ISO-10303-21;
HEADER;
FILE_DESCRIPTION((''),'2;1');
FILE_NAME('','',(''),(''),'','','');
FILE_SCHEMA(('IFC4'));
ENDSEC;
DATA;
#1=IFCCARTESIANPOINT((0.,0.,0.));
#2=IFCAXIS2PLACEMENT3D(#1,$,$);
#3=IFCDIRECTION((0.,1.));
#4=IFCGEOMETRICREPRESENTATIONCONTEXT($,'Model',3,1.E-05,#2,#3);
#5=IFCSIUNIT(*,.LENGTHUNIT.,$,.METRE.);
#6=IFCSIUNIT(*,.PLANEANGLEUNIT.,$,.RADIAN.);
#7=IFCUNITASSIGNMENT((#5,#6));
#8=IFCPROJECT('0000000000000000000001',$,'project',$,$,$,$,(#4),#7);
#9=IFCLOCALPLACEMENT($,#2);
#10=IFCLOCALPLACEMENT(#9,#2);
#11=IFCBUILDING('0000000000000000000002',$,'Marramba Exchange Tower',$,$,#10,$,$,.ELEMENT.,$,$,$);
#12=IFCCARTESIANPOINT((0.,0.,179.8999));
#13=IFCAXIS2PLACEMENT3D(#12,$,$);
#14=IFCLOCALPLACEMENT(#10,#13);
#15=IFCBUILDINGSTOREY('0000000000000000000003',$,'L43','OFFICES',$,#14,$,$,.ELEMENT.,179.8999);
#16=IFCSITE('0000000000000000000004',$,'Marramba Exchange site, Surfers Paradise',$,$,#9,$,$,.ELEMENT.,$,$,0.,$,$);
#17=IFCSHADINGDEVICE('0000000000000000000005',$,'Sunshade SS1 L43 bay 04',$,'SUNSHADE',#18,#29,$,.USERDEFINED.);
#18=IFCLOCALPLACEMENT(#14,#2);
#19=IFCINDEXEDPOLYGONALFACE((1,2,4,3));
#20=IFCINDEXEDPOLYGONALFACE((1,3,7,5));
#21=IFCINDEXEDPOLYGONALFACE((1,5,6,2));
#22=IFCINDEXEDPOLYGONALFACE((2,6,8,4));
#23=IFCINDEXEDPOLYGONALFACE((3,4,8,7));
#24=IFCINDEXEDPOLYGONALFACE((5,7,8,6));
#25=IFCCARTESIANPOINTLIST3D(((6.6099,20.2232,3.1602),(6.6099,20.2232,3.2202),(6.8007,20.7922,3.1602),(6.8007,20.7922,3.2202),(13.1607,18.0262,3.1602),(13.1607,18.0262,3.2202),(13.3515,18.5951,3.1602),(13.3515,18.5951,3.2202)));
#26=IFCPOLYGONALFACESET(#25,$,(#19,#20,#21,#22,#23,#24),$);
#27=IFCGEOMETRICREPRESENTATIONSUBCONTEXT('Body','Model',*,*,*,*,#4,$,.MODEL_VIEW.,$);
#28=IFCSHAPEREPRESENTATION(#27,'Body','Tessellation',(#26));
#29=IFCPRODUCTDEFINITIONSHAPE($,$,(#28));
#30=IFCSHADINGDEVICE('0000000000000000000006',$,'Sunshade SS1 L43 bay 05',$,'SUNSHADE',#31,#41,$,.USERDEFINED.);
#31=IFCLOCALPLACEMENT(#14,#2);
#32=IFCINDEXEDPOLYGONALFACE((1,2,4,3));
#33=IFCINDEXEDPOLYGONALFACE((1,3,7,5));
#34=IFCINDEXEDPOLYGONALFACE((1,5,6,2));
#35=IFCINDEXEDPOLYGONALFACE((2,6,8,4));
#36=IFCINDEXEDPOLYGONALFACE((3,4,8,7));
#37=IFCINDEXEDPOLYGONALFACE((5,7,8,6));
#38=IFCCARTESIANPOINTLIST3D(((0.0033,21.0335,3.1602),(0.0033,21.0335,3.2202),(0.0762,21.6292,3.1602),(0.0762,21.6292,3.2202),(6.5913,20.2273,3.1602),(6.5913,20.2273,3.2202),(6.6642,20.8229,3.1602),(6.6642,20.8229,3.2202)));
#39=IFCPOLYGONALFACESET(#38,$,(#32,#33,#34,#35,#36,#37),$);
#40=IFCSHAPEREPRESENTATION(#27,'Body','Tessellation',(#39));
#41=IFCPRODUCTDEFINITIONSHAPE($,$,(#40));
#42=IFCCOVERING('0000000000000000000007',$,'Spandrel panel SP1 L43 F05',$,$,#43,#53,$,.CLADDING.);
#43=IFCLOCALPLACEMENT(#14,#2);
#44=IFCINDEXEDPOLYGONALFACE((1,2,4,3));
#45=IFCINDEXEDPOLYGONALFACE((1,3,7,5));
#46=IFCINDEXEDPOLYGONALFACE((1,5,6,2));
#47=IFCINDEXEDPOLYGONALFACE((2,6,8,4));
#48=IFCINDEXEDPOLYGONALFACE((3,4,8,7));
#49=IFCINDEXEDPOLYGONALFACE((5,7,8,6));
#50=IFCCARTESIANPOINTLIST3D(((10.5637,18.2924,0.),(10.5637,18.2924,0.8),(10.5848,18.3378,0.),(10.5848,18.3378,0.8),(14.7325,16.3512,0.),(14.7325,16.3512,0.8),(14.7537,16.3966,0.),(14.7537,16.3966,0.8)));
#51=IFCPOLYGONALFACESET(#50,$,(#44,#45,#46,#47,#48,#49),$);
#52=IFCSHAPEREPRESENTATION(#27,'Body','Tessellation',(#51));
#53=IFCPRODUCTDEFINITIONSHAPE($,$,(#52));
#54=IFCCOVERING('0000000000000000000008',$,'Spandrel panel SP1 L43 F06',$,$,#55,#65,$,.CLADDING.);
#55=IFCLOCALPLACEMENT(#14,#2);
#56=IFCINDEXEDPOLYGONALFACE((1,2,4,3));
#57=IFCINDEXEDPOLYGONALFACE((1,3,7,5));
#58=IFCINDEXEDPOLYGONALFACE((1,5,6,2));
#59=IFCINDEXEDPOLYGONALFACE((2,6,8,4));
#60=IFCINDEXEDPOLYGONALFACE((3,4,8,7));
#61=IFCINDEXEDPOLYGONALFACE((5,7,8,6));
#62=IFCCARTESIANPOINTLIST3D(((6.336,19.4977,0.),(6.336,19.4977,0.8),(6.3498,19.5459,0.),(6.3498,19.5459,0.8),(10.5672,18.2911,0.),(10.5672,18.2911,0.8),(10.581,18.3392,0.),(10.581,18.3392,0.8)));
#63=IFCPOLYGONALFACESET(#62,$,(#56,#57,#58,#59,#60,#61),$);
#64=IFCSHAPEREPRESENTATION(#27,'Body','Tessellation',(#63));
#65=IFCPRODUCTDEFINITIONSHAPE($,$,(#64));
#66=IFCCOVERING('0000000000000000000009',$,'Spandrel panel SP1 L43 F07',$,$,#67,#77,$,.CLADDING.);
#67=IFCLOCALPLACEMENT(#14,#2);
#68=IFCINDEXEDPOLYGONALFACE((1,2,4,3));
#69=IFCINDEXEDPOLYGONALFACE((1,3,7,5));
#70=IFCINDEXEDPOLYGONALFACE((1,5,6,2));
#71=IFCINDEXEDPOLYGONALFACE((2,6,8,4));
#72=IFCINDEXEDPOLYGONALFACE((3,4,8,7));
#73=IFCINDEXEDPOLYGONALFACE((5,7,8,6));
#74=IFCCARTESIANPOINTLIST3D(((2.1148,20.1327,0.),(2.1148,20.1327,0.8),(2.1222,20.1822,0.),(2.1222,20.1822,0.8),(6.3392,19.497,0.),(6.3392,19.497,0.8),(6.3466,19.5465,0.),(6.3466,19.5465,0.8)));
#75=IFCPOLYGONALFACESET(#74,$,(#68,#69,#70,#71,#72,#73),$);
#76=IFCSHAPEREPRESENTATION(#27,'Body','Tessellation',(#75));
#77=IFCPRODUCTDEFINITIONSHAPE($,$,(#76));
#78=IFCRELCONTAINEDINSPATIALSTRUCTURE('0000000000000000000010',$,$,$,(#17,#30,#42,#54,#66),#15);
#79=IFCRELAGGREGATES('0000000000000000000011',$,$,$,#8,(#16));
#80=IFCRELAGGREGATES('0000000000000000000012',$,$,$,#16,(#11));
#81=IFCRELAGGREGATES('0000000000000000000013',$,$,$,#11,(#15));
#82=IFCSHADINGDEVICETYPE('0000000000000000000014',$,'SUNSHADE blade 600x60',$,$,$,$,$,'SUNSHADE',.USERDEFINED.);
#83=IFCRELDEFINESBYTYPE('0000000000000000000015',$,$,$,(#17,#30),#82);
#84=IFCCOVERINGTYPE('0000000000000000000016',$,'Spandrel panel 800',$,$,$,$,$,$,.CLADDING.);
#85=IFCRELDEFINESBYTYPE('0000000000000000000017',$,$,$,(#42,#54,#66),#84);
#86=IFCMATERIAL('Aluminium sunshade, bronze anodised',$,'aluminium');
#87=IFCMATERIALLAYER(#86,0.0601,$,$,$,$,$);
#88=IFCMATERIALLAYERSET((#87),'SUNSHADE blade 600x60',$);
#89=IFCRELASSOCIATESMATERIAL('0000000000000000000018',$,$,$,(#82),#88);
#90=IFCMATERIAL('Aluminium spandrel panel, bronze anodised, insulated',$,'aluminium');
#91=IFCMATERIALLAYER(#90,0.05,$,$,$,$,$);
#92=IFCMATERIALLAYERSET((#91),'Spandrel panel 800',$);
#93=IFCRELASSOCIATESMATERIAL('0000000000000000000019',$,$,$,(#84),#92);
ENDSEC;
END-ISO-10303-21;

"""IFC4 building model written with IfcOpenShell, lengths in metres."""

from ifc_helpers import new_model, si_unit, direction, frame, origin, origin_2d, place, context, subcontext, project, spatial, rectangle, extrude, material, layer, layer_set, type_object, element, save


model = new_model("IFC4")

# Units and contexts
model_context = context("Model", 3, precision=1e-05, world=origin(), true_north=direction((0.0, 1.0)))
body_context = subcontext(model_context, "Body", "Model", "MODEL_VIEW")
ifc_project = project(units=[si_unit("LENGTHUNIT", "METRE"), si_unit("PLANEANGLEUNIT", "RADIAN")], contexts=[model_context])

# Site, building, storey
site_placement = place(None, origin())
site = spatial("IfcSite", under=ifc_project, at=site_placement, Name="Marramba Exchange site, Surfers Paradise", CompositionType="ELEMENT", RefElevation=0.0)
building_placement = place(site_placement, origin())
building = spatial("IfcBuilding", under=site, at=building_placement, Name="Marramba Exchange Tower", CompositionType="ELEMENT")
storey_placement = place(building_placement, frame((0.0, 0.0, 179.8999)))
storey = spatial("IfcBuildingStorey", under=building, at=storey_placement, Name="L43", Description="OFFICES", CompositionType="ELEMENT", Elevation=179.8999)

# Shading devices
ifc_material_1 = material(Name="Aluminium sunshade, bronze anodised", Category="aluminium")
ifc_layer_1 = layer(ifc_material_1, 0.0601)
ifc_layer_set_1 = layer_set([ifc_layer_1], Name="SUNSHADE blade 600x60")
shading_device_type_1 = type_object("IfcShadingDeviceType", Name="SUNSHADE blade 600x60", ElementType="SUNSHADE", PredefinedType="USERDEFINED", material=ifc_layer_set_1)
shading_device_1_placement = place(storey_placement, frame((9.9807, 19.4092, 3.1602), z_axis=(0.0, 0.0, 1.0), x_axis=(-0.948096, 0.317983, 0.0)))
element("IfcShadingDevice", 1, at=shading_device_1_placement, inside=storey, type_object=shading_device_type_1, Name="Sunshade SS1 L43 bay 04", ObjectType="SUNSHADE", PredefinedType="USERDEFINED", context=body_context, shape_type="SweptSolid", body=[
    extrude(rectangle(XDim=6.9094, YDim=0.6001, at=origin_2d()), origin(), (0.0, 0.0, 1.0), 0.0601),
])
shading_device_2_placement = place(storey_placement, frame((3.3337, 20.9282, 3.1602), z_axis=(0.0, 0.0, 1.0), x_axis=(-0.992595, 0.121469, 0.0)))
element("IfcShadingDevice", 2, at=shading_device_2_placement, inside=storey, type_object=shading_device_type_1, Name="Sunshade SS1 L43 bay 05", ObjectType="SUNSHADE", PredefinedType="USERDEFINED", context=body_context, shape_type="SweptSolid", body=[
    extrude(rectangle(XDim=6.6372, YDim=0.6001, at=origin_2d()), origin(), (0.0, 0.0, 1.0), 0.0601),
])

# Coverings
ifc_material_2 = material(Name="Aluminium spandrel panel, bronze anodised, insulated", Category="aluminium")
ifc_layer_2 = layer(ifc_material_2, 0.05)
ifc_layer_set_2 = layer_set([ifc_layer_2], Name="Spandrel panel 800")
covering_type = type_object("IfcCoveringType", Name="Spandrel panel 800", PredefinedType="CLADDING", material=ifc_layer_set_2)
covering_1_placement = place(storey_placement, frame((12.6587, 17.3445, 0.0), z_axis=(0.0, 0.0, 1.0), x_axis=(-0.906534, 0.422133, 0.0)))
element("IfcCovering", 3, at=covering_1_placement, inside=storey, type_object=covering_type, Name="Spandrel panel SP1 L43 F05", PredefinedType="CLADDING", context=body_context, shape_type="SweptSolid", body=[
    extrude(rectangle(XDim=4.5986, YDim=0.05, at=origin_2d()), origin(), (0.0, 0.0, 1.0), 0.8),
])
covering_2_placement = place(storey_placement, frame((8.4585, 18.9185, 0.0), z_axis=(0.0, 0.0, 1.0), x_axis=(-0.961659, 0.274248, 0.0)))
element("IfcCovering", 4, at=covering_2_placement, inside=storey, type_object=covering_type, Name="Spandrel panel SP1 L43 F06", PredefinedType="CLADDING", context=body_context, shape_type="SweptSolid", body=[
    extrude(rectangle(XDim=4.3999, YDim=0.05, at=origin_2d()), origin(), (0.0, 0.0, 1.0), 0.8),
])
covering_3_placement = place(storey_placement, frame((4.2307, 19.8396, 0.0), z_axis=(0.0, 0.0, 1.0), x_axis=(-0.988868, 0.148795, 0.0)))
element("IfcCovering", 5, at=covering_3_placement, inside=storey, type_object=covering_type, Name="Spandrel panel SP1 L43 F07", PredefinedType="CLADDING", context=body_context, shape_type="SweptSolid", body=[
    extrude(rectangle(XDim=4.272, YDim=0.05, at=origin_2d()), origin(), (0.0, 0.0, 1.0), 0.8),
])

save(model, "model.ifc")
